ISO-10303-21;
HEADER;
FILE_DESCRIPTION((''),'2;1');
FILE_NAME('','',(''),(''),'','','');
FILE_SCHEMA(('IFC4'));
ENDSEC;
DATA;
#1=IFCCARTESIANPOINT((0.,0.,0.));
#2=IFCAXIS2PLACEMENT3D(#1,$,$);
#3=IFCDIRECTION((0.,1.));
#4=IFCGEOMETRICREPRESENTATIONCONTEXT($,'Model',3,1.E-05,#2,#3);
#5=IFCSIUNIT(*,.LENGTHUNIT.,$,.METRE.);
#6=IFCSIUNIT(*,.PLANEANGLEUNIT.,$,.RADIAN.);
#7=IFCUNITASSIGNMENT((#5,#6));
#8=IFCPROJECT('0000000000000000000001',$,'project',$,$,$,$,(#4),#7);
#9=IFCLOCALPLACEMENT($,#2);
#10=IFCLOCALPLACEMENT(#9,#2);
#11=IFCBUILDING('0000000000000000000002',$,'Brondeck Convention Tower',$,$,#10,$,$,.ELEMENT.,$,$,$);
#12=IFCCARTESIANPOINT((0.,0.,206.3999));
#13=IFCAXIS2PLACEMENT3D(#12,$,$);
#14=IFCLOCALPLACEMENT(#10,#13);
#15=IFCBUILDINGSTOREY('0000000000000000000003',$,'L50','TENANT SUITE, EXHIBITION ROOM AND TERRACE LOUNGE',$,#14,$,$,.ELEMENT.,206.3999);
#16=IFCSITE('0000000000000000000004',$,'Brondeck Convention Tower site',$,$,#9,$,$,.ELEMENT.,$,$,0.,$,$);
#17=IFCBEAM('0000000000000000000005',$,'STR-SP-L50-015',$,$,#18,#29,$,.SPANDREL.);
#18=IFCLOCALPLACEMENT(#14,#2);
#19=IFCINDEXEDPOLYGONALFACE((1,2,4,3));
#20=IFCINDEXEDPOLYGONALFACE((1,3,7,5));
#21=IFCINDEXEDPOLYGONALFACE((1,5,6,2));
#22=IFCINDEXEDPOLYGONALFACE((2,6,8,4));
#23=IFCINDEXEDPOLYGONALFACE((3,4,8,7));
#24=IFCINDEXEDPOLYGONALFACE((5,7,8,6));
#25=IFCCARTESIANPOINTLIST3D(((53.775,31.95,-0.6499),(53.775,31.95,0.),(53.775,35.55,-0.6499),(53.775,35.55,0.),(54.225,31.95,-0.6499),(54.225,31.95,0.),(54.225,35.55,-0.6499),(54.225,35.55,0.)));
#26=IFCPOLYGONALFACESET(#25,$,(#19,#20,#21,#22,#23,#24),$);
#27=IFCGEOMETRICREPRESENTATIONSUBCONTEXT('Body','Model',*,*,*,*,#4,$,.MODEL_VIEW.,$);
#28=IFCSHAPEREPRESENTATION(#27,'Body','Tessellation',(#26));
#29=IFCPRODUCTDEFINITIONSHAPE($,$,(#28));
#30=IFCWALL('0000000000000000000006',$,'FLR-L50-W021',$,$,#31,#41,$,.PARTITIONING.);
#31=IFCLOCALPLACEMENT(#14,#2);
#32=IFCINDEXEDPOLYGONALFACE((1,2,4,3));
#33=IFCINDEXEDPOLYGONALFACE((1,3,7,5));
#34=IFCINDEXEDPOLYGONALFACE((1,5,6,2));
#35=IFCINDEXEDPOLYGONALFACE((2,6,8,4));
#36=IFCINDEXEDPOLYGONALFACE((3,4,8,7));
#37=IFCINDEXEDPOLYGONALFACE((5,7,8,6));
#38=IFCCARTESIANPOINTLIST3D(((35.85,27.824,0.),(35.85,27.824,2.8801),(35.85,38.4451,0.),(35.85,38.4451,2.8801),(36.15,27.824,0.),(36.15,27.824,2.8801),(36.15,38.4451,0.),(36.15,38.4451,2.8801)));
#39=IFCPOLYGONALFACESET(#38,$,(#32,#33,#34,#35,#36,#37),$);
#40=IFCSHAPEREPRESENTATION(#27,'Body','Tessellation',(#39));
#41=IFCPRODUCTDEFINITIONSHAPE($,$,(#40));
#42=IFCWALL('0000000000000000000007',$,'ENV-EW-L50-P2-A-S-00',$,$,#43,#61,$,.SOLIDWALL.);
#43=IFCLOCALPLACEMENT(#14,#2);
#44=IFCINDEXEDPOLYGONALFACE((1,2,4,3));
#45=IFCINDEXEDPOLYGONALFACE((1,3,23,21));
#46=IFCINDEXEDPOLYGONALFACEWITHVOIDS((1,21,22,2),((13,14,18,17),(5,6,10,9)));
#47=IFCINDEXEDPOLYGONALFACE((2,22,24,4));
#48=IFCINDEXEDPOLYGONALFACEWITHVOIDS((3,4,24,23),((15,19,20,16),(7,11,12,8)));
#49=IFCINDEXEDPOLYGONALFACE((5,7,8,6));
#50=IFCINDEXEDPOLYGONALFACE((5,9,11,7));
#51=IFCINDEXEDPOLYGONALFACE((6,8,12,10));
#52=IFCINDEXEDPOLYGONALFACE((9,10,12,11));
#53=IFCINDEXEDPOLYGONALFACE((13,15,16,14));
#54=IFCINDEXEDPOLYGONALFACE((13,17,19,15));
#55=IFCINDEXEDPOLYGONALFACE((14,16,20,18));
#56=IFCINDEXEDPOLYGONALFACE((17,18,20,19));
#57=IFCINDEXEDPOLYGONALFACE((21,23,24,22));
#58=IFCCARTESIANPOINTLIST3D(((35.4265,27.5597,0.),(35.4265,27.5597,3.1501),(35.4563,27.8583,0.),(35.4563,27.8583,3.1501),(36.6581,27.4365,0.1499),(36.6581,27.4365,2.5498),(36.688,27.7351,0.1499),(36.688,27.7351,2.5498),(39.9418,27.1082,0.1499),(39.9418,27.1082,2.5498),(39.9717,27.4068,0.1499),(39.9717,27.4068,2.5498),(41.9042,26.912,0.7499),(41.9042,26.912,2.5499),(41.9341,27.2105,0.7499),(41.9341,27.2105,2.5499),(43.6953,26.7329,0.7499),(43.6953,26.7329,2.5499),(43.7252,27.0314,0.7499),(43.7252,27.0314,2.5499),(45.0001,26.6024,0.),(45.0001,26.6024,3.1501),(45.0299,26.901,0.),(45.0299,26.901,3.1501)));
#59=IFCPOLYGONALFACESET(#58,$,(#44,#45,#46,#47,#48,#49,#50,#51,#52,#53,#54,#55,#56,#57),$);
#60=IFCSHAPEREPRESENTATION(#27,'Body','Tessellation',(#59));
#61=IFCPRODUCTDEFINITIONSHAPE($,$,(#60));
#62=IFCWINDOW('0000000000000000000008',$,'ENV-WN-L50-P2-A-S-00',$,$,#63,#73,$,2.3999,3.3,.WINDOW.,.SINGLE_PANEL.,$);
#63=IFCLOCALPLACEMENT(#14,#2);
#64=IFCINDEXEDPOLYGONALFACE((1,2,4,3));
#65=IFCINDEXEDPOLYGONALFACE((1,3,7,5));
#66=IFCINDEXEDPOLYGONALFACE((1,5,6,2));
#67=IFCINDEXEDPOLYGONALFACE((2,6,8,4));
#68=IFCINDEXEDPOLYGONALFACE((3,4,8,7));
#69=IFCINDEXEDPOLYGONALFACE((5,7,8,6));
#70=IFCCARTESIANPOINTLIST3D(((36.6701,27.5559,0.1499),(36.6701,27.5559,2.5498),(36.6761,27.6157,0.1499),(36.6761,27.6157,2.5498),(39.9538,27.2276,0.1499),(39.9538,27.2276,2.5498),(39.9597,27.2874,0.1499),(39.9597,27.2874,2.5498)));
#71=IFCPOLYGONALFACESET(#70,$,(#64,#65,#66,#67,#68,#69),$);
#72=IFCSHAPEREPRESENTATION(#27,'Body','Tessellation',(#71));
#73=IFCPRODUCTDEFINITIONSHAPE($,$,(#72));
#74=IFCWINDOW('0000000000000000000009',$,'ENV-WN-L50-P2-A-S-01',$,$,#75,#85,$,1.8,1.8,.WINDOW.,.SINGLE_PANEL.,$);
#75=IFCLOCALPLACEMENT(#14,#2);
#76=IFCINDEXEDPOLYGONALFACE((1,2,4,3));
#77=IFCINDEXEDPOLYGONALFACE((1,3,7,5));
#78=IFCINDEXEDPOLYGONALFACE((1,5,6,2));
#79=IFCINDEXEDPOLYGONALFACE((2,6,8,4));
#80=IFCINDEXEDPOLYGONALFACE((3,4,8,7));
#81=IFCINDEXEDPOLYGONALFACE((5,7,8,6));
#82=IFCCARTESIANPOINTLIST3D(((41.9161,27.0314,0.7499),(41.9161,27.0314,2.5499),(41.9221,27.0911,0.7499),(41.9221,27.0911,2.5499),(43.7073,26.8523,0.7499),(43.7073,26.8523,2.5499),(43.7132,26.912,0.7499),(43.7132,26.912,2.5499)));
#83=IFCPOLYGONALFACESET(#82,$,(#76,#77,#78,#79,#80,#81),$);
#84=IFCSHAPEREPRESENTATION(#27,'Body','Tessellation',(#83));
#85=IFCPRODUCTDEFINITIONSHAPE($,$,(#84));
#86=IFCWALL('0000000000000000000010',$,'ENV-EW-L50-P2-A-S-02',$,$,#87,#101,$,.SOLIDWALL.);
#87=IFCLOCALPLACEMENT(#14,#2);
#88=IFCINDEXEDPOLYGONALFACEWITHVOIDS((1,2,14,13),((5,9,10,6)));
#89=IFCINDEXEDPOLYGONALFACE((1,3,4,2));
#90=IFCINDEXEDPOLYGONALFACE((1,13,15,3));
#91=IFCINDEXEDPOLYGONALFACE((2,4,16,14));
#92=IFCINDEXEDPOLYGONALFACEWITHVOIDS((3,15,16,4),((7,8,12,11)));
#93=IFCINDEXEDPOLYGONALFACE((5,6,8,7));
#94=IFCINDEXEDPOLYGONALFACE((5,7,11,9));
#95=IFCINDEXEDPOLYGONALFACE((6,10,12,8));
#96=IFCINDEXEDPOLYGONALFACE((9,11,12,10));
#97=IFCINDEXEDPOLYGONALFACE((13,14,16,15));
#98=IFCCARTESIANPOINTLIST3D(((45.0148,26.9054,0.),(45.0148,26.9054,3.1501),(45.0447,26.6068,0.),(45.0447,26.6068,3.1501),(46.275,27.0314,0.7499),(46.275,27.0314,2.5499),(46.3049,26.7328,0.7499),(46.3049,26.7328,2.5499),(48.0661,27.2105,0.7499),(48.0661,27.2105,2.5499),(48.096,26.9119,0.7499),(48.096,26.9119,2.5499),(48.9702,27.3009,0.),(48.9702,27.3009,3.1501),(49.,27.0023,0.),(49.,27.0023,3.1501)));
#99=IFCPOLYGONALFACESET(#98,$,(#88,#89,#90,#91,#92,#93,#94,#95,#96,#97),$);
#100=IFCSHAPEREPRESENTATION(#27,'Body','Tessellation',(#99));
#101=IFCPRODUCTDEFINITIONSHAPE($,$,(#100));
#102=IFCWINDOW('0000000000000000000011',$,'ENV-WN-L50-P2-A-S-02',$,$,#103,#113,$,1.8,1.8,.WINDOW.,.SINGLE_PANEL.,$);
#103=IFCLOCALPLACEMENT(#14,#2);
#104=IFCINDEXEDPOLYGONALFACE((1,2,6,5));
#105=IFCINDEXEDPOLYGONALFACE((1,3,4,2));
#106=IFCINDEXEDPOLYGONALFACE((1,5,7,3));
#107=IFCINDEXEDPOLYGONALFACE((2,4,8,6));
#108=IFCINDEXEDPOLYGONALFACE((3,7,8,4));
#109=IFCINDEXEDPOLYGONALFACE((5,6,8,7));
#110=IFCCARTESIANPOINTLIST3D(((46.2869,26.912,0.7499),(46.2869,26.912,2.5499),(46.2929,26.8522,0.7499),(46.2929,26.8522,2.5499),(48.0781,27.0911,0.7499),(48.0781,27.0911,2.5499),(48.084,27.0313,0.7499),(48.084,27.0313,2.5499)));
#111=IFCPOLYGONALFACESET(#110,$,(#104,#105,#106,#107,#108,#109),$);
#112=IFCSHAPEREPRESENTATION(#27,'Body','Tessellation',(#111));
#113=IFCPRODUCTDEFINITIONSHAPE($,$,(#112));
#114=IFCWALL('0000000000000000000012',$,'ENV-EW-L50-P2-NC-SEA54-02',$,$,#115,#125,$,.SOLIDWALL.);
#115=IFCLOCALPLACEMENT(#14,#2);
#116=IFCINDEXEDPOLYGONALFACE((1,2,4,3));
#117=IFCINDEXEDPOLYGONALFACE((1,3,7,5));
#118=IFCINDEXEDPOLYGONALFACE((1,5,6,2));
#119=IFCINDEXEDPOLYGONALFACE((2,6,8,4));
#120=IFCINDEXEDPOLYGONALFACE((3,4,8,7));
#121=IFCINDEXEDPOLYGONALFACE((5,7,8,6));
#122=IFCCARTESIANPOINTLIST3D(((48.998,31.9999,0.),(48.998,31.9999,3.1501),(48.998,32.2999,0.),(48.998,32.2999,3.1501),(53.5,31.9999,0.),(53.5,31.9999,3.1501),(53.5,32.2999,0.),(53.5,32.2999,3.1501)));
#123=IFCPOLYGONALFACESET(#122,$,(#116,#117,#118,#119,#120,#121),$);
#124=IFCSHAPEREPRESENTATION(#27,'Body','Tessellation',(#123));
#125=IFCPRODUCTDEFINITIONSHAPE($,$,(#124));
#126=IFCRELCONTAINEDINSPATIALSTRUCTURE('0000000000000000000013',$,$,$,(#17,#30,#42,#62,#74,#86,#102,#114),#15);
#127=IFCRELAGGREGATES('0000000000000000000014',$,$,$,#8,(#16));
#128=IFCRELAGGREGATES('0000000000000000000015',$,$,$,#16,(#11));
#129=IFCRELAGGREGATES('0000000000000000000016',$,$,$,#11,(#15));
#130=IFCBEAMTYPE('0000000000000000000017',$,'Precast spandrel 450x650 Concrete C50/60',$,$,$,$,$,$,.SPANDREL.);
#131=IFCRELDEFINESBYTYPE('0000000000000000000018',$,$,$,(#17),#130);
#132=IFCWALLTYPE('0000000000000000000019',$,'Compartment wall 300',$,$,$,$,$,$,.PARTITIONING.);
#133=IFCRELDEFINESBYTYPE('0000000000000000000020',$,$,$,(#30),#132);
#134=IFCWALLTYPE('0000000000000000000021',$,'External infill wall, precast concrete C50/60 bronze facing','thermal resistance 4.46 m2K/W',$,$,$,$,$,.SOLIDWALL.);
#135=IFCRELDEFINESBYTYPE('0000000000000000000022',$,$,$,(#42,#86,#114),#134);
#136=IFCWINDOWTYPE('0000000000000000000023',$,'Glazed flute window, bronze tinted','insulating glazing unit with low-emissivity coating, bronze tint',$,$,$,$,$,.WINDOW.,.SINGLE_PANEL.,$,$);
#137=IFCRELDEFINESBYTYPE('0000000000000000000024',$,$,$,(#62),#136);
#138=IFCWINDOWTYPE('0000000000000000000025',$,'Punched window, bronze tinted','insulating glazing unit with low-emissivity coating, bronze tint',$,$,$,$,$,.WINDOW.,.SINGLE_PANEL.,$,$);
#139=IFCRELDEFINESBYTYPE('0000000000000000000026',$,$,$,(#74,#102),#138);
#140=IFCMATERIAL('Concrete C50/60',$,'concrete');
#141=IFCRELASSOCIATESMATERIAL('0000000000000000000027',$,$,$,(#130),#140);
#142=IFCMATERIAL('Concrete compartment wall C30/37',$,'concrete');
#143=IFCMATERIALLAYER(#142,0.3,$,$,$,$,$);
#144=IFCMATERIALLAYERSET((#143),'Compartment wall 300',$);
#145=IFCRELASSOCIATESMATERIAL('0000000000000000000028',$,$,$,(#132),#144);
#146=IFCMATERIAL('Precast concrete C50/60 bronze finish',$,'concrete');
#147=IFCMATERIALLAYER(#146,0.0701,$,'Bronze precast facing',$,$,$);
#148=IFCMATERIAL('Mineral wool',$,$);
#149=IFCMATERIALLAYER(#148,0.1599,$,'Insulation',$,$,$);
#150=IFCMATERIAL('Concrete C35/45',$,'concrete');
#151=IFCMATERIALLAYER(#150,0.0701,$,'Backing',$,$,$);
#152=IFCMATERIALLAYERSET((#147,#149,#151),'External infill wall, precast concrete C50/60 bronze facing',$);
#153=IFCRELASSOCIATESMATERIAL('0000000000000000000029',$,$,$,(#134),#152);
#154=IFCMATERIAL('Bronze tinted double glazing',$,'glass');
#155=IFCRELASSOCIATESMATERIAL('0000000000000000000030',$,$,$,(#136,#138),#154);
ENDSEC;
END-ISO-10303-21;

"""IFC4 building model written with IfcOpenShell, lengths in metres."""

from ifc_helpers import new_model, si_unit, direction, frame, frame_2d, origin, origin_2d, place, context, subcontext, project, spatial, rectangle, extrude, material, layer, layer_set, material_profile, profile_set, type_object, element, fill, save


model = new_model("IFC4")

# Units and contexts
model_context = context("Model", 3, precision=1e-05, world=origin(), true_north=direction((0.0, 1.0)))
body_context = subcontext(model_context, "Body", "Model", "MODEL_VIEW")
ifc_project = project(units=[si_unit("LENGTHUNIT", "METRE"), si_unit("PLANEANGLEUNIT", "RADIAN")], contexts=[model_context])

# Site, building, storey
site_placement = place(None, origin())
site = spatial("IfcSite", under=ifc_project, at=site_placement, Name="Brondeck Convention Tower site", CompositionType="ELEMENT", RefElevation=0.0)
building_placement = place(site_placement, origin())
building = spatial("IfcBuilding", under=site, at=building_placement, Name="Brondeck Convention Tower", CompositionType="ELEMENT")
storey_placement = place(building_placement, frame((0.0, 0.0, 206.3999)))
storey = spatial("IfcBuildingStorey", under=building, at=storey_placement, Name="L50", Description="TENANT SUITE, EXHIBITION ROOM AND TERRACE LOUNGE", CompositionType="ELEMENT", Elevation=206.3999)

# Shared definitions
ifc_material_1 = material(Name="Concrete C50/60", Category="concrete")

# Beam
ifc_material_profile_1 = material_profile(ifc_material_1, rectangle(XDim=0.45, YDim=0.6499, at=origin_2d()), Name="Precast spandrel 450x650 Concrete C50/60")
ifc_profile_set_1 = profile_set([ifc_material_profile_1], Name="Concrete C50/60")
beam_type_1 = type_object("IfcBeamType", Name="Precast spandrel 450x650 Concrete C50/60", PredefinedType="SPANDREL", material=ifc_profile_set_1)
beam_1_placement = place(storey_placement, frame((54.0, 31.95, -0.325), z_axis=(0.0, 1.0, 0.0), x_axis=(-1.0, 0.0, 0.0)))
element("IfcBeam", 1, at=beam_1_placement, inside=storey, type_object=beam_type_1, Name="STR-SP-L50-015", PredefinedType="SPANDREL", context=body_context, shape_type="SweptSolid", body=[
    extrude(rectangle(XDim=0.45, YDim=0.6499, at=origin_2d()), origin(), (0.0, 0.0, 1.0), 3.6001),
])

# Wall
ifc_material_2 = material(Name="Concrete compartment wall C30/37", Category="concrete")
ifc_layer_1 = layer(ifc_material_2, 0.3)
ifc_layer_set_1 = layer_set([ifc_layer_1], Name="Compartment wall 300")
wall_type_1 = type_object("IfcWallType", Name="Compartment wall 300", PredefinedType="PARTITIONING", material=ifc_layer_set_1)
wall_1_placement = place(storey_placement, frame((36.0, 27.824, 0.0), z_axis=(0.0, 0.0, 1.0), x_axis=(0.0, 1.0, 0.0)))
element("IfcWall", 2, at=wall_1_placement, inside=storey, type_object=wall_type_1, Name="FLR-L50-W021", PredefinedType="PARTITIONING", context=body_context, shape_type="SweptSolid", body=[
    extrude(rectangle(XDim=10.6211, YDim=0.3, at=frame_2d((5.3105, 0.0))), origin(), (0.0, 0.0, 1.0), 2.8801),
])

# Wall, openings, windows
ifc_material_3 = material(Name="Precast concrete C50/60 bronze finish", Category="concrete")
ifc_layer_2 = layer(ifc_material_3, 0.0701, Name="Bronze precast facing")
ifc_material_4 = material(Name="Mineral wool")
ifc_layer_3 = layer(ifc_material_4, 0.1599, Name="Insulation")
ifc_material_5 = material(Name="Concrete C35/45", Category="concrete")
ifc_layer_4 = layer(ifc_material_5, 0.0701, Name="Backing")
ifc_layer_set_2 = layer_set([ifc_layer_2, ifc_layer_3, ifc_layer_4], Name="External infill wall, precast concrete C50/60 bronze facing")
wall_type_2 = type_object("IfcWallType", Name="External infill wall, precast concrete C50/60 bronze facing", Description="thermal resistance 4.46 m2K/W", PredefinedType="SOLIDWALL", material=ifc_layer_set_2)
wall_2_placement = place(storey_placement, frame((45.0149, 26.7517, 0.0), z_axis=(0.0, 0.0, 1.0), x_axis=(-0.995038, 0.099496, 0.0)))
wall_2 = element("IfcWall", 3, at=wall_2_placement, inside=storey, type_object=wall_type_2, Name="ENV-EW-L50-P2-A-S-00", PredefinedType="SOLIDWALL", context=body_context, shape_type="SweptSolid", body=[
    extrude(rectangle(XDim=9.6213, YDim=0.3, at=frame_2d((4.8105, 0.0))), origin(), (0.0, 0.0, 1.0), 3.1501),
])
opening_1_placement = place(wall_2_placement, frame((1.3113, 0.0, 0.75)))
opening_1 = element("IfcOpeningElement", 4, at=opening_1_placement, cuts=wall_2, PredefinedType="OPENING", context=body_context, shape_type="SweptSolid", body=[
    extrude(rectangle(XDim=1.8, YDim=1.8, at=frame_2d((0.8999, 0.8999))), frame((0.0, 0.1599, 0.0), z_axis=(0.0, -1.0, 0.0), x_axis=(1.0, 0.0, 0.0)), (0.0, 0.0, 1.0), 0.3201),
])
opening_2_placement = place(wall_2_placement, frame((5.0835, 0.0, 0.1499)))
opening_2 = element("IfcOpeningElement", 5, at=opening_2_placement, cuts=wall_2, PredefinedType="OPENING", context=body_context, shape_type="SweptSolid", body=[
    extrude(rectangle(XDim=3.3, YDim=2.3999, at=frame_2d((1.6499, 1.2))), frame((0.0, 0.1599, 0.0), z_axis=(0.0, -1.0, 0.0), x_axis=(1.0, 0.0, 0.0)), (0.0, 0.0, 1.0), 0.3201),
])
ifc_material_6 = material(Name="Bronze tinted double glazing", Category="glass")
window_type_1 = type_object("IfcWindowType", Name="Glazed flute window, bronze tinted", Description="insulating glazing unit with low-emissivity coating, bronze tint", PartitioningType="SINGLE_PANEL", PredefinedType="WINDOW", material=ifc_material_6)
window_1_placement = place(opening_2_placement, origin())
window_1 = element("IfcWindow", 6, at=window_1_placement, inside=storey, type_object=window_type_1, Name="ENV-WN-L50-P2-A-S-00", OverallHeight=2.3999, OverallWidth=3.3, PartitioningType="SINGLE_PANEL", PredefinedType="WINDOW", context=body_context, shape_type="SweptSolid", body=[
    extrude(rectangle(XDim=3.3, YDim=2.3999, at=frame_2d((1.6499, 1.2))), frame((0.0, 0.03, 0.0), z_axis=(0.0, -1.0, 0.0), x_axis=(1.0, 0.0, 0.0)), (0.0, 0.0, 1.0), 0.0601),
])
fill(opening_2, window_1)
window_type_2 = type_object("IfcWindowType", Name="Punched window, bronze tinted", Description="insulating glazing unit with low-emissivity coating, bronze tint", PartitioningType="SINGLE_PANEL", PredefinedType="WINDOW", material=ifc_material_6)
window_2_placement = place(opening_1_placement, origin())
window_2 = element("IfcWindow", 7, at=window_2_placement, inside=storey, type_object=window_type_2, Name="ENV-WN-L50-P2-A-S-01", OverallHeight=1.8, OverallWidth=1.8, PartitioningType="SINGLE_PANEL", PredefinedType="WINDOW", context=body_context, shape_type="SweptSolid", body=[
    extrude(rectangle(XDim=1.8, YDim=1.8, at=frame_2d((0.8999, 0.8999))), frame((0.0, 0.03, 0.0), z_axis=(0.0, -1.0, 0.0), x_axis=(1.0, 0.0, 0.0)), (0.0, 0.0, 1.0), 0.0601),
])
fill(opening_1, window_2)

# Wall, opening, window
wall_3_placement = place(storey_placement, frame((48.9851, 27.1516, 0.0), z_axis=(0.0, 0.0, 1.0), x_axis=(-0.995038, -0.099498, 0.0)))
wall_3 = element("IfcWall", 8, at=wall_3_placement, inside=storey, type_object=wall_type_2, Name="ENV-EW-L50-P2-A-S-02", PredefinedType="SOLIDWALL", context=body_context, shape_type="SweptSolid", body=[
    extrude(rectangle(XDim=3.9751, YDim=0.3, at=frame_2d((1.9875, 0.0))), origin(), (0.0, 0.0, 1.0), 3.1501),
])
opening_3_placement = place(wall_3_placement, frame((0.9087, 0.0, 0.75)))
opening_3 = element("IfcOpeningElement", 9, at=opening_3_placement, cuts=wall_3, PredefinedType="OPENING", context=body_context, shape_type="SweptSolid", body=[
    extrude(rectangle(XDim=1.8, YDim=1.8, at=frame_2d((0.8999, 0.8999))), frame((0.0, 0.1599, 0.0), z_axis=(0.0, -1.0, 0.0), x_axis=(1.0, 0.0, 0.0)), (0.0, 0.0, 1.0), 0.3201),
])
window_3_placement = place(opening_3_placement, origin())
window_3 = element("IfcWindow", 10, at=window_3_placement, inside=storey, type_object=window_type_2, Name="ENV-WN-L50-P2-A-S-02", OverallHeight=1.8, OverallWidth=1.8, PartitioningType="SINGLE_PANEL", PredefinedType="WINDOW", context=body_context, shape_type="SweptSolid", body=[
    extrude(rectangle(XDim=1.8, YDim=1.8, at=frame_2d((0.8999, 0.8999))), frame((0.0, 0.03, 0.0), z_axis=(0.0, -1.0, 0.0), x_axis=(1.0, 0.0, 0.0)), (0.0, 0.0, 1.0), 0.0601),
])
fill(opening_3, window_3)

# Wall
wall_4_placement = place(storey_placement, frame((53.5, 32.1499, 0.0), z_axis=(0.0, 0.0, 1.0), x_axis=(-1.0, 0.0, 0.0)))
element("IfcWall", 11, at=wall_4_placement, inside=storey, type_object=wall_type_2, Name="ENV-EW-L50-P2-NC-SEA54-02", PredefinedType="SOLIDWALL", context=body_context, shape_type="SweptSolid", body=[
    extrude(rectangle(XDim=4.502, YDim=0.3, at=frame_2d((2.251, 0.0))), origin(), (0.0, 0.0, 1.0), 3.1501),
])

save(model, "model.ifc")
